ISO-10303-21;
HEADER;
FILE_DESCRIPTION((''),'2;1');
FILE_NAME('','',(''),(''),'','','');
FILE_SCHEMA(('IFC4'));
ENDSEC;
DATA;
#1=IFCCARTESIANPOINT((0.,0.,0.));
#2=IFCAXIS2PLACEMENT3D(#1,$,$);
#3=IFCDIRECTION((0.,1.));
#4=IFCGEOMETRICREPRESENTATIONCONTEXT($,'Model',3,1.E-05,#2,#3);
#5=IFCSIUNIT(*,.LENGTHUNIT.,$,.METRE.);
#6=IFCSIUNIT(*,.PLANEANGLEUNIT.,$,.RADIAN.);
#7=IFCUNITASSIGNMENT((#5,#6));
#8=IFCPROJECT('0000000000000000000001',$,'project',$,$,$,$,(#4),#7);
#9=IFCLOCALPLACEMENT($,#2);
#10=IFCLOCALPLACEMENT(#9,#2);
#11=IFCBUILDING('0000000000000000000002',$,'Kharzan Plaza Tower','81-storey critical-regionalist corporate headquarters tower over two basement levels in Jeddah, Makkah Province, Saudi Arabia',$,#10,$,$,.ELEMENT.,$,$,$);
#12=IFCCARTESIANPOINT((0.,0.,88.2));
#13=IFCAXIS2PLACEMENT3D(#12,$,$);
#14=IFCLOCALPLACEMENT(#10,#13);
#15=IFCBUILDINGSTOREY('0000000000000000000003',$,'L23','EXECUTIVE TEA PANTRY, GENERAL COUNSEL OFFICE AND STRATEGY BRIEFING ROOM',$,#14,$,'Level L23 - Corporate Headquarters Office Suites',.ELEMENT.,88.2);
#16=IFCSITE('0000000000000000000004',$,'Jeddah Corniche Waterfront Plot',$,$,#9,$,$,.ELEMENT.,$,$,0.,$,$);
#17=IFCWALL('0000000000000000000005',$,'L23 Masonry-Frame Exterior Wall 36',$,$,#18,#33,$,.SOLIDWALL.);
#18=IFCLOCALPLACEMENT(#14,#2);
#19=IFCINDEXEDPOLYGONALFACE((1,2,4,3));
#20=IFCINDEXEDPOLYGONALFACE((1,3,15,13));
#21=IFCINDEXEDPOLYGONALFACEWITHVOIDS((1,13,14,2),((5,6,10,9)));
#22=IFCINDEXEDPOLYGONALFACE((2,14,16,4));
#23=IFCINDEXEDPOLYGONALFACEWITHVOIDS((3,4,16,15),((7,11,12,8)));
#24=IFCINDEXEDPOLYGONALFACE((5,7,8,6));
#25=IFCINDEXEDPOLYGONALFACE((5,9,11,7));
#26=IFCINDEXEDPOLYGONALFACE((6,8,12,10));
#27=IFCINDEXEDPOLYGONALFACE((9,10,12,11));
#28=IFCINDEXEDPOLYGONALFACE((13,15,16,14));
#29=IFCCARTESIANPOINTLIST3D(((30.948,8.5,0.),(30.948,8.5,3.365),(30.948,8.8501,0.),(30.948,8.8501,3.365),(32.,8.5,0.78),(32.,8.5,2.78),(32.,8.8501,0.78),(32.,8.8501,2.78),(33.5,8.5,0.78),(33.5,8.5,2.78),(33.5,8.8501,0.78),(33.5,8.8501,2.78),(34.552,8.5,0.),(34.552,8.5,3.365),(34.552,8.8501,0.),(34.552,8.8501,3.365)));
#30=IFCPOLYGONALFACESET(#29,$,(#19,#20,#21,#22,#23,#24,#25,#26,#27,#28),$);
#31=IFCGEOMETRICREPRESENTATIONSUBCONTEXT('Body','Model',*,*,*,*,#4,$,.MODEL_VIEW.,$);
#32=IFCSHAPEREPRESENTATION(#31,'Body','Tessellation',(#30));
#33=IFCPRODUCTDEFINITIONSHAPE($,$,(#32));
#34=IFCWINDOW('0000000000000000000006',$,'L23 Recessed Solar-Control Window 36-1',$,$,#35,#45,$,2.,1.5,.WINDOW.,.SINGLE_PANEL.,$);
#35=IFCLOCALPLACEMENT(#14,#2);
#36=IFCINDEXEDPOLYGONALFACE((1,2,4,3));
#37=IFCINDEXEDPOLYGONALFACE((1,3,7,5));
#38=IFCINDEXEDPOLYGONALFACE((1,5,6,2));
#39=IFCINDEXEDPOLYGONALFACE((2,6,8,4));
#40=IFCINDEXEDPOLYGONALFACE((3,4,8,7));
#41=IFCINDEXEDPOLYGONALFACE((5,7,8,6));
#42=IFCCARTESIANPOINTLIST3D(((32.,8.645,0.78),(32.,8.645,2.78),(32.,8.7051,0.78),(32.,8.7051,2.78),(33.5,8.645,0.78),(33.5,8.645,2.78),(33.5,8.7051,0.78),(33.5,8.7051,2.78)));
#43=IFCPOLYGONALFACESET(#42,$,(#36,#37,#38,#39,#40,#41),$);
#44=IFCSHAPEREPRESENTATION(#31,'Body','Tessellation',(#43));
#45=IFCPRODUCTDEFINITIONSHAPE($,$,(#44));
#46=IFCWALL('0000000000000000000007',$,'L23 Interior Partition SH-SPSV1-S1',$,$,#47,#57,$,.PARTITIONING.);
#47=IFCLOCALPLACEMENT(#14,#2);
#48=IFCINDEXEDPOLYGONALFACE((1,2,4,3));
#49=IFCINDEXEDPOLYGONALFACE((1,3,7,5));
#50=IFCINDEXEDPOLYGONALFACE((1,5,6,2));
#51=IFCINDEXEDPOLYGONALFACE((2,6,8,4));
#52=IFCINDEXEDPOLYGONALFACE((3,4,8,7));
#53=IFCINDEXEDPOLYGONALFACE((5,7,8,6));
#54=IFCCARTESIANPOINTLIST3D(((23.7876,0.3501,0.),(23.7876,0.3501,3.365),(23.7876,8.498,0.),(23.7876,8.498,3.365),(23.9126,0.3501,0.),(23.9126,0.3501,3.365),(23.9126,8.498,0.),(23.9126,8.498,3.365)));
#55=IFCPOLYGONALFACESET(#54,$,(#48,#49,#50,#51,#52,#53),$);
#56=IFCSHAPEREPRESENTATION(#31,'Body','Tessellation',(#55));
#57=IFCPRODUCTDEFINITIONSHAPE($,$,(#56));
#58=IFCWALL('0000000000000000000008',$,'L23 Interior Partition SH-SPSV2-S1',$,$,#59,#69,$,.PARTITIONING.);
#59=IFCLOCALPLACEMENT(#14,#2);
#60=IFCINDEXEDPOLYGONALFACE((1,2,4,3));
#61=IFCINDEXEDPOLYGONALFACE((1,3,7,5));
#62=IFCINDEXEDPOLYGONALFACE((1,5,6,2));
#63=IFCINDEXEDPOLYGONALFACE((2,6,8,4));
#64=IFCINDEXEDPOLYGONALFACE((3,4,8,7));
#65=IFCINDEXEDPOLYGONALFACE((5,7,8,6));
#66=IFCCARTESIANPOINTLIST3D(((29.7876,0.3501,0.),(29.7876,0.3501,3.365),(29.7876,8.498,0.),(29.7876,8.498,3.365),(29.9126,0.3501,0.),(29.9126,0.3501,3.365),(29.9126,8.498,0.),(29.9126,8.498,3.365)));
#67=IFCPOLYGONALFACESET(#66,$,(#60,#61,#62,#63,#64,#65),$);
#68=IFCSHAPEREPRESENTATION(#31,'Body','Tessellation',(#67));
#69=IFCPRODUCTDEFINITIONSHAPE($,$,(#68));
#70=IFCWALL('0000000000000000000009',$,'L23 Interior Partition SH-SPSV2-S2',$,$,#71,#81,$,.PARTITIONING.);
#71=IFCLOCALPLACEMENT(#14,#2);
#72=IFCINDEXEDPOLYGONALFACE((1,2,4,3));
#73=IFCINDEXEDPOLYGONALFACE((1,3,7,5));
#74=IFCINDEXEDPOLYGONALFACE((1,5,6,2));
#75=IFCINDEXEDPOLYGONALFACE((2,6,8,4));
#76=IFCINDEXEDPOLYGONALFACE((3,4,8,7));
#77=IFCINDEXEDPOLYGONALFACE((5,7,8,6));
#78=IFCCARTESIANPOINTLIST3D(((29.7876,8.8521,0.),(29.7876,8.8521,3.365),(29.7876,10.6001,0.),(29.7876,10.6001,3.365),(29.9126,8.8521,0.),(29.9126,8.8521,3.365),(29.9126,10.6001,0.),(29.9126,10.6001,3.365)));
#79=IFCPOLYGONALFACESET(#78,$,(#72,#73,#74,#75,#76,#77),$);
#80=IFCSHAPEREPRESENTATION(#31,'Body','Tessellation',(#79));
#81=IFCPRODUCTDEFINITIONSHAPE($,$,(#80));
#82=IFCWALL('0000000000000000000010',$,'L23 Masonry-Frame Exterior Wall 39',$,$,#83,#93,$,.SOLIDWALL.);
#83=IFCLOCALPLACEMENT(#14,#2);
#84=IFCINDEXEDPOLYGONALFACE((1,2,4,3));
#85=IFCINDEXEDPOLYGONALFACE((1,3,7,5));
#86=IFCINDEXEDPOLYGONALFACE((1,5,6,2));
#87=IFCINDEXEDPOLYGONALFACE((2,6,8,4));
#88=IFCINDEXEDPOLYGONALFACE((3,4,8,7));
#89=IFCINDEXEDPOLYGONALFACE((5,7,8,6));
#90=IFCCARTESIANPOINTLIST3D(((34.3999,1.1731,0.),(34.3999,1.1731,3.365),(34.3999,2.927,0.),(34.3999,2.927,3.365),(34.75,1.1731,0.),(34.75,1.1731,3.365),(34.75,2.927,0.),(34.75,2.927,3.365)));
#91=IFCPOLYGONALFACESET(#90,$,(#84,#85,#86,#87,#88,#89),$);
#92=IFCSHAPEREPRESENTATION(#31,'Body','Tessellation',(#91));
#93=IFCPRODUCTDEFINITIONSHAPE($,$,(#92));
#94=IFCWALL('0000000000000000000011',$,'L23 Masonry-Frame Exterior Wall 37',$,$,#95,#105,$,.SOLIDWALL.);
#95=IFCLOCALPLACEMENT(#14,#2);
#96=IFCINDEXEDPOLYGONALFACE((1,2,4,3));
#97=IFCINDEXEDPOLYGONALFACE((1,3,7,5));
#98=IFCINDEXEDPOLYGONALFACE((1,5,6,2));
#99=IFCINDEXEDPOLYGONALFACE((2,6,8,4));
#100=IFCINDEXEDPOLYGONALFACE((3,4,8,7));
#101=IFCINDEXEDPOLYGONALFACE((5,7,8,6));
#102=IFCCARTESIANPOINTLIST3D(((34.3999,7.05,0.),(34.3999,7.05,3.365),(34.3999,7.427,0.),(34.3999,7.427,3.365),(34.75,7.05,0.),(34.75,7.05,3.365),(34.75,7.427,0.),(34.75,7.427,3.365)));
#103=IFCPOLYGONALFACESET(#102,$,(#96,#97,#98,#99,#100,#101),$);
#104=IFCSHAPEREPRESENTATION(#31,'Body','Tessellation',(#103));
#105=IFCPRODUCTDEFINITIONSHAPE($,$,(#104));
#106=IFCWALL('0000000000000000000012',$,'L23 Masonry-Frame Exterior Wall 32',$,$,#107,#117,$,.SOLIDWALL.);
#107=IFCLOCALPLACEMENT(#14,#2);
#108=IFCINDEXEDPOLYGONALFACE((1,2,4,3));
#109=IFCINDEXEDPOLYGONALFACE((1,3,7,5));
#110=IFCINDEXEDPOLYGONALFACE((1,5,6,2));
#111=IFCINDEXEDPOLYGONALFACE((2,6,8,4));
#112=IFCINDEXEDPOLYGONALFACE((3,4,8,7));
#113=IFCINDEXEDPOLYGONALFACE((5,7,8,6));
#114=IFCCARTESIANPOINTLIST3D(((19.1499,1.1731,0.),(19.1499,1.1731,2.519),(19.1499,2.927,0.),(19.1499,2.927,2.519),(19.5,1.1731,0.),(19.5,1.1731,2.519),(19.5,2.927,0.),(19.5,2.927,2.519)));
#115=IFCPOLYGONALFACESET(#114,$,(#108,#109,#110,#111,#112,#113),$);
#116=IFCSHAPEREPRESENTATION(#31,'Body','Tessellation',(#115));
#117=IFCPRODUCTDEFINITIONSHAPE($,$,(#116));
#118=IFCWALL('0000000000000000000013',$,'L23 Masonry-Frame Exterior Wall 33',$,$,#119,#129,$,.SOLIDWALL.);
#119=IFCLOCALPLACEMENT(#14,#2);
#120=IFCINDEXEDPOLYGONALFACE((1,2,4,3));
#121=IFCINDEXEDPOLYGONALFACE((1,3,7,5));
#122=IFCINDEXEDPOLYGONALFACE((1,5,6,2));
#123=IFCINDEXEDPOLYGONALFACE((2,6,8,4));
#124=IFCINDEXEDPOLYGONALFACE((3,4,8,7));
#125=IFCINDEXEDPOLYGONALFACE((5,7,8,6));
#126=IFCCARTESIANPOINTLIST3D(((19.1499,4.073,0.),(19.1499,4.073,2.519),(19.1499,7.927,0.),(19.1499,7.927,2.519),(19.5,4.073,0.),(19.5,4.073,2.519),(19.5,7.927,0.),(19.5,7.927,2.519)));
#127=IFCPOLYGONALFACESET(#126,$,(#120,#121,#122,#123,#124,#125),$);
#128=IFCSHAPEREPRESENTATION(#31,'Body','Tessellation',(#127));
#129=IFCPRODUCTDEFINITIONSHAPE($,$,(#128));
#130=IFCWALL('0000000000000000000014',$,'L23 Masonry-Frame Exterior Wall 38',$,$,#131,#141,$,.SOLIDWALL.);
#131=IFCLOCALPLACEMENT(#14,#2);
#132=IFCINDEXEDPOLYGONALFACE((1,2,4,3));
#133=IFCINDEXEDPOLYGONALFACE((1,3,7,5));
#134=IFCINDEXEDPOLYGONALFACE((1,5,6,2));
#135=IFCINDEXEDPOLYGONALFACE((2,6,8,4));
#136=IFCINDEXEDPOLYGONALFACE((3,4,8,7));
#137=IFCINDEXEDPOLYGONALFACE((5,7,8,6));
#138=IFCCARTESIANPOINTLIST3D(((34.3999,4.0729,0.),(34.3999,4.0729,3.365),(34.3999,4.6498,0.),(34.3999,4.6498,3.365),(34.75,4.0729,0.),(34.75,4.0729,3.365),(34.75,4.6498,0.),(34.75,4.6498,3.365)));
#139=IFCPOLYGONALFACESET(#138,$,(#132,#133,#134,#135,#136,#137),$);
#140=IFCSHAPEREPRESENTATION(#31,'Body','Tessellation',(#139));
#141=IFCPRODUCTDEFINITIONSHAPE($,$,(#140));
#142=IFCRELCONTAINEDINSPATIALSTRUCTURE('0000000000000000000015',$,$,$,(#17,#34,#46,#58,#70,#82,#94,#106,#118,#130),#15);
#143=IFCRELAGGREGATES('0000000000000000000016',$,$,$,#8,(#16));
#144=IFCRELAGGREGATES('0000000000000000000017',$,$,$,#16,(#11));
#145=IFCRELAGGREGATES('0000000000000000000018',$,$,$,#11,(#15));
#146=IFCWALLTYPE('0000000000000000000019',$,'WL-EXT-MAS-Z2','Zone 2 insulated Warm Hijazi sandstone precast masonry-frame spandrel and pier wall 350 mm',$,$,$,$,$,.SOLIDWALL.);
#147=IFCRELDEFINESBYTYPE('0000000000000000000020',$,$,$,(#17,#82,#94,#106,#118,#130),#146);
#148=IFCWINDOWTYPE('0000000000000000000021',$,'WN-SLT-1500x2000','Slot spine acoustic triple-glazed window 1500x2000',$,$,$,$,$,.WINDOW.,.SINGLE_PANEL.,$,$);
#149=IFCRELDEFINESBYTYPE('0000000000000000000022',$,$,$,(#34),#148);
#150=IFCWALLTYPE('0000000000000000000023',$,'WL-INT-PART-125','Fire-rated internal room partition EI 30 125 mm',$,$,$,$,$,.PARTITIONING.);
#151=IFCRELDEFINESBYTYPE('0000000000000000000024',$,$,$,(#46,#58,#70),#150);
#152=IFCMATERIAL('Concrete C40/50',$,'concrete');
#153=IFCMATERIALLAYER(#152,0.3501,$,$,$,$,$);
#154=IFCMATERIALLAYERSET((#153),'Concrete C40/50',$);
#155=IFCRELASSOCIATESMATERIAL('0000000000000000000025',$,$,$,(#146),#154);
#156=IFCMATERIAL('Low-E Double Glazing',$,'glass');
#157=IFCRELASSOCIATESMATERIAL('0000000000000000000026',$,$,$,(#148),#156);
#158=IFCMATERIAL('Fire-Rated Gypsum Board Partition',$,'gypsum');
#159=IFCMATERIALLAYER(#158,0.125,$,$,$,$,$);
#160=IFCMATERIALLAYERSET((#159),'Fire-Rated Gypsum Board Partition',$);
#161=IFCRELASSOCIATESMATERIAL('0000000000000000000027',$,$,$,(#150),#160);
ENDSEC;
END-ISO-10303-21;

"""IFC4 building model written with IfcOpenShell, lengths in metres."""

from ifc_helpers import new_model, si_unit, direction, frame, frame_2d, origin, place, context, subcontext, project, spatial, rectangle, extrude, source, transform, mapped, material, layer, layer_set, type_object, element, fill, save


model = new_model("IFC4")

# Units and contexts
model_context = context("Model", 3, precision=1e-05, world=origin(), true_north=direction((0.0, 1.0)))
body_context = subcontext(model_context, "Body", "Model", "MODEL_VIEW")
ifc_project = project(units=[si_unit("LENGTHUNIT", "METRE"), si_unit("PLANEANGLEUNIT", "RADIAN")], contexts=[model_context])

# Site, building, storey
site_placement = place(None, origin())
site = spatial("IfcSite", under=ifc_project, at=site_placement, Name="Jeddah Corniche Waterfront Plot", CompositionType="ELEMENT", RefElevation=0.0)
building_placement = place(site_placement, origin())
building = spatial("IfcBuilding", under=site, at=building_placement, Name="Kharzan Plaza Tower", Description="81-storey critical-regionalist corporate headquarters tower over two basement levels in Jeddah, Makkah Province, Saudi Arabia", CompositionType="ELEMENT")
storey_placement = place(building_placement, frame((0.0, 0.0, 88.2)))
storey = spatial("IfcBuildingStorey", under=building, at=storey_placement, Name="L23", Description="EXECUTIVE TEA PANTRY, GENERAL COUNSEL OFFICE AND STRATEGY BRIEFING ROOM", LongName="Level L23 - Corporate Headquarters Office Suites", CompositionType="ELEMENT", Elevation=88.2)

# Shared definitions
ifc_material_1 = material(Name="Concrete C40/50", Category="concrete")
ifc_layer_1 = layer(ifc_material_1, 0.3501)
ifc_layer_set_1 = layer_set([ifc_layer_1], Name="Concrete C40/50")
wall_type_1 = type_object("IfcWallType", Name="WL-EXT-MAS-Z2", Description="Zone 2 insulated Warm Hijazi sandstone precast masonry-frame spandrel and pier wall 350 mm", PredefinedType="SOLIDWALL", material=ifc_layer_set_1)
ifc_material_2 = material(Name="Low-E Double Glazing", Category="glass")
window_type = type_object("IfcWindowType", Name="WN-SLT-1500x2000", Description="Slot spine acoustic triple-glazed window 1500x2000", PartitioningType="SINGLE_PANEL", PredefinedType="WINDOW", material=ifc_material_2)
shared_shape_1 = source(origin(), body_context, "Body", "SweptSolid", [
    extrude(rectangle(XDim=1.5, YDim=2.0, at=frame_2d((0.75, 1.0))), frame((0.0, 0.03, 0.0), z_axis=(0.0, -1.0, 0.0), x_axis=(1.0, 0.0, 0.0)), (0.0, 0.0, 1.0), 0.0601),
])

# Wall, opening, window
wall_1_placement = place(storey_placement, frame((30.948, 8.675, 0.0), z_axis=(0.0, 0.0, 1.0), x_axis=(1.0, 0.0, 0.0)))
wall_1 = element("IfcWall", 1, at=wall_1_placement, inside=storey, type_object=wall_type_1, Name="L23 Masonry-Frame Exterior Wall 36", PredefinedType="SOLIDWALL", context=body_context, shape_type="SweptSolid", body=[
    extrude(rectangle(XDim=3.604, YDim=0.3501, at=frame_2d((1.802, 0.0))), origin(), (0.0, 0.0, 1.0), 3.365),
])
opening_1_placement = place(wall_1_placement, frame((1.052, 0.0, 0.78)))
opening_1 = element("IfcOpeningElement", 2, at=opening_1_placement, cuts=wall_1, PredefinedType="OPENING", context=body_context, shape_type="SweptSolid", body=[
    extrude(rectangle(XDim=1.5, YDim=2.0, at=frame_2d((0.75, 1.0))), frame((0.0, 0.1851, 0.0), z_axis=(0.0, -1.0, 0.0), x_axis=(1.0, 0.0, 0.0)), (0.0, 0.0, 1.0), 0.3701),
])
window_1_placement = place(opening_1_placement, origin())
window_1 = element("IfcWindow", 3, at=window_1_placement, inside=storey, type_object=window_type, Name="L23 Recessed Solar-Control Window 36-1", OverallHeight=2.0, OverallWidth=1.5, PartitioningType="SINGLE_PANEL", PredefinedType="WINDOW", context=body_context, shape_type="MappedRepresentation", body=[
    mapped(shared_shape_1, transform((0.0, 0.0, 0.0), x_axis=(1.0, 0.0, 0.0), y_axis=(0.0, 1.0, 0.0), z_axis=(0.0, 0.0, 1.0))),
])
fill(opening_1, window_1)

# Walls
ifc_material_3 = material(Name="Fire-Rated Gypsum Board Partition", Category="gypsum")
ifc_layer_2 = layer(ifc_material_3, 0.125)
ifc_layer_set_2 = layer_set([ifc_layer_2], Name="Fire-Rated Gypsum Board Partition")
wall_type_2 = type_object("IfcWallType", Name="WL-INT-PART-125", Description="Fire-rated internal room partition EI 30 125 mm", PredefinedType="PARTITIONING", material=ifc_layer_set_2)
shared_shape_2 = source(origin(), body_context, "Body", "SweptSolid", [
    extrude(rectangle(XDim=8.1479, YDim=0.125, at=frame_2d((4.074, 0.0))), origin(), (0.0, 0.0, 1.0), 3.365),
])
for number, where, z_axis, x_axis, name in (
    (4, (23.8501, 0.3501, 0.0), (0.0, 0.0, 1.0), (0.0, 1.0, 0.0), "L23 Interior Partition SH-SPSV1-S1"),
    (5, (29.8501, 0.3501, 0.0), (0.0, 0.0, 1.0), (0.0, 1.0, 0.0), "L23 Interior Partition SH-SPSV2-S1"),
):
    element("IfcWall", number, at=place(storey_placement, frame(where, z_axis=z_axis, x_axis=x_axis)), inside=storey, type_object=wall_type_2, Name=name, PredefinedType="PARTITIONING", context=body_context, shape_type="MappedRepresentation", body=[
        mapped(shared_shape_2, transform((0.0, 0.0, 0.0), x_axis=(1.0, 0.0, 0.0), y_axis=(0.0, 1.0, 0.0), z_axis=(0.0, 0.0, 1.0))),
    ])
shared_shape_3 = source(origin(), body_context, "Body", "SweptSolid", [
    extrude(rectangle(XDim=1.748, YDim=0.125, at=frame_2d((0.874, 0.0))), origin(), (0.0, 0.0, 1.0), 3.365),
])
wall_2_placement = place(storey_placement, frame((29.8501, 8.8521, 0.0), z_axis=(0.0, 0.0, 1.0), x_axis=(0.0, 1.0, 0.0)))
element("IfcWall", 6, at=wall_2_placement, inside=storey, type_object=wall_type_2, Name="L23 Interior Partition SH-SPSV2-S2", PredefinedType="PARTITIONING", context=body_context, shape_type="MappedRepresentation", body=[
    mapped(shared_shape_3, transform((0.0, 0.0, 0.0), x_axis=(1.0, 0.0, 0.0), y_axis=(0.0, 1.0, 0.0), z_axis=(0.0, 0.0, 1.0))),
])
shared_shape_4 = source(origin(), body_context, "Body", "SweptSolid", [
    extrude(rectangle(XDim=1.7539, YDim=0.3501, at=frame_2d((0.877, 0.0))), origin(), (0.0, 0.0, 1.0), 3.365),
])
wall_3_placement = place(storey_placement, frame((34.575, 2.927, 0.0), z_axis=(0.0, 0.0, 1.0), x_axis=(0.0, -1.0, 0.0)))
element("IfcWall", 7, at=wall_3_placement, inside=storey, type_object=wall_type_1, Name="L23 Masonry-Frame Exterior Wall 39", PredefinedType="SOLIDWALL", context=body_context, shape_type="MappedRepresentation", body=[
    mapped(shared_shape_4, transform((0.0, 0.0, 0.0), x_axis=(1.0, 0.0, 0.0), y_axis=(0.0, 1.0, 0.0), z_axis=(0.0, 0.0, 1.0))),
])
shared_shape_5 = source(origin(), body_context, "Body", "SweptSolid", [
    extrude(rectangle(XDim=0.377, YDim=0.3501, at=frame_2d((0.1885, 0.0))), origin(), (0.0, 0.0, 1.0), 3.365),
])
wall_4_placement = place(storey_placement, frame((34.575, 7.427, 0.0), z_axis=(0.0, 0.0, 1.0), x_axis=(0.0, -1.0, 0.0)))
element("IfcWall", 8, at=wall_4_placement, inside=storey, type_object=wall_type_1, Name="L23 Masonry-Frame Exterior Wall 37", PredefinedType="SOLIDWALL", context=body_context, shape_type="MappedRepresentation", body=[
    mapped(shared_shape_5, transform((0.0, 0.0, 0.0), x_axis=(1.0, 0.0, 0.0), y_axis=(0.0, 1.0, 0.0), z_axis=(0.0, 0.0, 1.0))),
])
shared_shape_6 = source(origin(), body_context, "Body", "SweptSolid", [
    extrude(rectangle(XDim=1.7539, YDim=0.3501, at=frame_2d((0.877, 0.0))), origin(), (0.0, 0.0, 1.0), 2.519),
])
wall_5_placement = place(storey_placement, frame((19.325, 1.1731, 0.0), z_axis=(0.0, 0.0, 1.0), x_axis=(0.0, 1.0, 0.0)))
element("IfcWall", 9, at=wall_5_placement, inside=storey, type_object=wall_type_1, Name="L23 Masonry-Frame Exterior Wall 32", PredefinedType="SOLIDWALL", context=body_context, shape_type="MappedRepresentation", body=[
    mapped(shared_shape_6, transform((0.0, 0.0, 0.0), x_axis=(1.0, 0.0, 0.0), y_axis=(0.0, 1.0, 0.0), z_axis=(0.0, 0.0, 1.0))),
])
shared_shape_7 = source(origin(), body_context, "Body", "SweptSolid", [
    extrude(rectangle(XDim=3.854, YDim=0.3501, at=frame_2d((1.927, 0.0))), origin(), (0.0, 0.0, 1.0), 2.519),
])
wall_6_placement = place(storey_placement, frame((19.325, 4.073, 0.0), z_axis=(0.0, 0.0, 1.0), x_axis=(0.0, 1.0, 0.0)))
element("IfcWall", 10, at=wall_6_placement, inside=storey, type_object=wall_type_1, Name="L23 Masonry-Frame Exterior Wall 33", PredefinedType="SOLIDWALL", context=body_context, shape_type="MappedRepresentation", body=[
    mapped(shared_shape_7, transform((0.0, 0.0, 0.0), x_axis=(1.0, 0.0, 0.0), y_axis=(0.0, 1.0, 0.0), z_axis=(0.0, 0.0, 1.0))),
])
shared_shape_8 = source(origin(), body_context, "Body", "SweptSolid", [
    extrude(rectangle(XDim=0.5769, YDim=0.3501, at=frame_2d((0.2886, 0.0))), origin(), (0.0, 0.0, 1.0), 3.365),
])
wall_7_placement = place(storey_placement, frame((34.575, 4.6499, 0.0), z_axis=(0.0, 0.0, 1.0), x_axis=(0.0, -1.0, 0.0)))
element("IfcWall", 11, at=wall_7_placement, inside=storey, type_object=wall_type_1, Name="L23 Masonry-Frame Exterior Wall 38", PredefinedType="SOLIDWALL", context=body_context, shape_type="MappedRepresentation", body=[
    mapped(shared_shape_8, transform((0.0, 0.0, 0.0), x_axis=(1.0, 0.0, 0.0), y_axis=(0.0, 1.0, 0.0), z_axis=(0.0, 0.0, 1.0))),
])

save(model, "model.ifc")
